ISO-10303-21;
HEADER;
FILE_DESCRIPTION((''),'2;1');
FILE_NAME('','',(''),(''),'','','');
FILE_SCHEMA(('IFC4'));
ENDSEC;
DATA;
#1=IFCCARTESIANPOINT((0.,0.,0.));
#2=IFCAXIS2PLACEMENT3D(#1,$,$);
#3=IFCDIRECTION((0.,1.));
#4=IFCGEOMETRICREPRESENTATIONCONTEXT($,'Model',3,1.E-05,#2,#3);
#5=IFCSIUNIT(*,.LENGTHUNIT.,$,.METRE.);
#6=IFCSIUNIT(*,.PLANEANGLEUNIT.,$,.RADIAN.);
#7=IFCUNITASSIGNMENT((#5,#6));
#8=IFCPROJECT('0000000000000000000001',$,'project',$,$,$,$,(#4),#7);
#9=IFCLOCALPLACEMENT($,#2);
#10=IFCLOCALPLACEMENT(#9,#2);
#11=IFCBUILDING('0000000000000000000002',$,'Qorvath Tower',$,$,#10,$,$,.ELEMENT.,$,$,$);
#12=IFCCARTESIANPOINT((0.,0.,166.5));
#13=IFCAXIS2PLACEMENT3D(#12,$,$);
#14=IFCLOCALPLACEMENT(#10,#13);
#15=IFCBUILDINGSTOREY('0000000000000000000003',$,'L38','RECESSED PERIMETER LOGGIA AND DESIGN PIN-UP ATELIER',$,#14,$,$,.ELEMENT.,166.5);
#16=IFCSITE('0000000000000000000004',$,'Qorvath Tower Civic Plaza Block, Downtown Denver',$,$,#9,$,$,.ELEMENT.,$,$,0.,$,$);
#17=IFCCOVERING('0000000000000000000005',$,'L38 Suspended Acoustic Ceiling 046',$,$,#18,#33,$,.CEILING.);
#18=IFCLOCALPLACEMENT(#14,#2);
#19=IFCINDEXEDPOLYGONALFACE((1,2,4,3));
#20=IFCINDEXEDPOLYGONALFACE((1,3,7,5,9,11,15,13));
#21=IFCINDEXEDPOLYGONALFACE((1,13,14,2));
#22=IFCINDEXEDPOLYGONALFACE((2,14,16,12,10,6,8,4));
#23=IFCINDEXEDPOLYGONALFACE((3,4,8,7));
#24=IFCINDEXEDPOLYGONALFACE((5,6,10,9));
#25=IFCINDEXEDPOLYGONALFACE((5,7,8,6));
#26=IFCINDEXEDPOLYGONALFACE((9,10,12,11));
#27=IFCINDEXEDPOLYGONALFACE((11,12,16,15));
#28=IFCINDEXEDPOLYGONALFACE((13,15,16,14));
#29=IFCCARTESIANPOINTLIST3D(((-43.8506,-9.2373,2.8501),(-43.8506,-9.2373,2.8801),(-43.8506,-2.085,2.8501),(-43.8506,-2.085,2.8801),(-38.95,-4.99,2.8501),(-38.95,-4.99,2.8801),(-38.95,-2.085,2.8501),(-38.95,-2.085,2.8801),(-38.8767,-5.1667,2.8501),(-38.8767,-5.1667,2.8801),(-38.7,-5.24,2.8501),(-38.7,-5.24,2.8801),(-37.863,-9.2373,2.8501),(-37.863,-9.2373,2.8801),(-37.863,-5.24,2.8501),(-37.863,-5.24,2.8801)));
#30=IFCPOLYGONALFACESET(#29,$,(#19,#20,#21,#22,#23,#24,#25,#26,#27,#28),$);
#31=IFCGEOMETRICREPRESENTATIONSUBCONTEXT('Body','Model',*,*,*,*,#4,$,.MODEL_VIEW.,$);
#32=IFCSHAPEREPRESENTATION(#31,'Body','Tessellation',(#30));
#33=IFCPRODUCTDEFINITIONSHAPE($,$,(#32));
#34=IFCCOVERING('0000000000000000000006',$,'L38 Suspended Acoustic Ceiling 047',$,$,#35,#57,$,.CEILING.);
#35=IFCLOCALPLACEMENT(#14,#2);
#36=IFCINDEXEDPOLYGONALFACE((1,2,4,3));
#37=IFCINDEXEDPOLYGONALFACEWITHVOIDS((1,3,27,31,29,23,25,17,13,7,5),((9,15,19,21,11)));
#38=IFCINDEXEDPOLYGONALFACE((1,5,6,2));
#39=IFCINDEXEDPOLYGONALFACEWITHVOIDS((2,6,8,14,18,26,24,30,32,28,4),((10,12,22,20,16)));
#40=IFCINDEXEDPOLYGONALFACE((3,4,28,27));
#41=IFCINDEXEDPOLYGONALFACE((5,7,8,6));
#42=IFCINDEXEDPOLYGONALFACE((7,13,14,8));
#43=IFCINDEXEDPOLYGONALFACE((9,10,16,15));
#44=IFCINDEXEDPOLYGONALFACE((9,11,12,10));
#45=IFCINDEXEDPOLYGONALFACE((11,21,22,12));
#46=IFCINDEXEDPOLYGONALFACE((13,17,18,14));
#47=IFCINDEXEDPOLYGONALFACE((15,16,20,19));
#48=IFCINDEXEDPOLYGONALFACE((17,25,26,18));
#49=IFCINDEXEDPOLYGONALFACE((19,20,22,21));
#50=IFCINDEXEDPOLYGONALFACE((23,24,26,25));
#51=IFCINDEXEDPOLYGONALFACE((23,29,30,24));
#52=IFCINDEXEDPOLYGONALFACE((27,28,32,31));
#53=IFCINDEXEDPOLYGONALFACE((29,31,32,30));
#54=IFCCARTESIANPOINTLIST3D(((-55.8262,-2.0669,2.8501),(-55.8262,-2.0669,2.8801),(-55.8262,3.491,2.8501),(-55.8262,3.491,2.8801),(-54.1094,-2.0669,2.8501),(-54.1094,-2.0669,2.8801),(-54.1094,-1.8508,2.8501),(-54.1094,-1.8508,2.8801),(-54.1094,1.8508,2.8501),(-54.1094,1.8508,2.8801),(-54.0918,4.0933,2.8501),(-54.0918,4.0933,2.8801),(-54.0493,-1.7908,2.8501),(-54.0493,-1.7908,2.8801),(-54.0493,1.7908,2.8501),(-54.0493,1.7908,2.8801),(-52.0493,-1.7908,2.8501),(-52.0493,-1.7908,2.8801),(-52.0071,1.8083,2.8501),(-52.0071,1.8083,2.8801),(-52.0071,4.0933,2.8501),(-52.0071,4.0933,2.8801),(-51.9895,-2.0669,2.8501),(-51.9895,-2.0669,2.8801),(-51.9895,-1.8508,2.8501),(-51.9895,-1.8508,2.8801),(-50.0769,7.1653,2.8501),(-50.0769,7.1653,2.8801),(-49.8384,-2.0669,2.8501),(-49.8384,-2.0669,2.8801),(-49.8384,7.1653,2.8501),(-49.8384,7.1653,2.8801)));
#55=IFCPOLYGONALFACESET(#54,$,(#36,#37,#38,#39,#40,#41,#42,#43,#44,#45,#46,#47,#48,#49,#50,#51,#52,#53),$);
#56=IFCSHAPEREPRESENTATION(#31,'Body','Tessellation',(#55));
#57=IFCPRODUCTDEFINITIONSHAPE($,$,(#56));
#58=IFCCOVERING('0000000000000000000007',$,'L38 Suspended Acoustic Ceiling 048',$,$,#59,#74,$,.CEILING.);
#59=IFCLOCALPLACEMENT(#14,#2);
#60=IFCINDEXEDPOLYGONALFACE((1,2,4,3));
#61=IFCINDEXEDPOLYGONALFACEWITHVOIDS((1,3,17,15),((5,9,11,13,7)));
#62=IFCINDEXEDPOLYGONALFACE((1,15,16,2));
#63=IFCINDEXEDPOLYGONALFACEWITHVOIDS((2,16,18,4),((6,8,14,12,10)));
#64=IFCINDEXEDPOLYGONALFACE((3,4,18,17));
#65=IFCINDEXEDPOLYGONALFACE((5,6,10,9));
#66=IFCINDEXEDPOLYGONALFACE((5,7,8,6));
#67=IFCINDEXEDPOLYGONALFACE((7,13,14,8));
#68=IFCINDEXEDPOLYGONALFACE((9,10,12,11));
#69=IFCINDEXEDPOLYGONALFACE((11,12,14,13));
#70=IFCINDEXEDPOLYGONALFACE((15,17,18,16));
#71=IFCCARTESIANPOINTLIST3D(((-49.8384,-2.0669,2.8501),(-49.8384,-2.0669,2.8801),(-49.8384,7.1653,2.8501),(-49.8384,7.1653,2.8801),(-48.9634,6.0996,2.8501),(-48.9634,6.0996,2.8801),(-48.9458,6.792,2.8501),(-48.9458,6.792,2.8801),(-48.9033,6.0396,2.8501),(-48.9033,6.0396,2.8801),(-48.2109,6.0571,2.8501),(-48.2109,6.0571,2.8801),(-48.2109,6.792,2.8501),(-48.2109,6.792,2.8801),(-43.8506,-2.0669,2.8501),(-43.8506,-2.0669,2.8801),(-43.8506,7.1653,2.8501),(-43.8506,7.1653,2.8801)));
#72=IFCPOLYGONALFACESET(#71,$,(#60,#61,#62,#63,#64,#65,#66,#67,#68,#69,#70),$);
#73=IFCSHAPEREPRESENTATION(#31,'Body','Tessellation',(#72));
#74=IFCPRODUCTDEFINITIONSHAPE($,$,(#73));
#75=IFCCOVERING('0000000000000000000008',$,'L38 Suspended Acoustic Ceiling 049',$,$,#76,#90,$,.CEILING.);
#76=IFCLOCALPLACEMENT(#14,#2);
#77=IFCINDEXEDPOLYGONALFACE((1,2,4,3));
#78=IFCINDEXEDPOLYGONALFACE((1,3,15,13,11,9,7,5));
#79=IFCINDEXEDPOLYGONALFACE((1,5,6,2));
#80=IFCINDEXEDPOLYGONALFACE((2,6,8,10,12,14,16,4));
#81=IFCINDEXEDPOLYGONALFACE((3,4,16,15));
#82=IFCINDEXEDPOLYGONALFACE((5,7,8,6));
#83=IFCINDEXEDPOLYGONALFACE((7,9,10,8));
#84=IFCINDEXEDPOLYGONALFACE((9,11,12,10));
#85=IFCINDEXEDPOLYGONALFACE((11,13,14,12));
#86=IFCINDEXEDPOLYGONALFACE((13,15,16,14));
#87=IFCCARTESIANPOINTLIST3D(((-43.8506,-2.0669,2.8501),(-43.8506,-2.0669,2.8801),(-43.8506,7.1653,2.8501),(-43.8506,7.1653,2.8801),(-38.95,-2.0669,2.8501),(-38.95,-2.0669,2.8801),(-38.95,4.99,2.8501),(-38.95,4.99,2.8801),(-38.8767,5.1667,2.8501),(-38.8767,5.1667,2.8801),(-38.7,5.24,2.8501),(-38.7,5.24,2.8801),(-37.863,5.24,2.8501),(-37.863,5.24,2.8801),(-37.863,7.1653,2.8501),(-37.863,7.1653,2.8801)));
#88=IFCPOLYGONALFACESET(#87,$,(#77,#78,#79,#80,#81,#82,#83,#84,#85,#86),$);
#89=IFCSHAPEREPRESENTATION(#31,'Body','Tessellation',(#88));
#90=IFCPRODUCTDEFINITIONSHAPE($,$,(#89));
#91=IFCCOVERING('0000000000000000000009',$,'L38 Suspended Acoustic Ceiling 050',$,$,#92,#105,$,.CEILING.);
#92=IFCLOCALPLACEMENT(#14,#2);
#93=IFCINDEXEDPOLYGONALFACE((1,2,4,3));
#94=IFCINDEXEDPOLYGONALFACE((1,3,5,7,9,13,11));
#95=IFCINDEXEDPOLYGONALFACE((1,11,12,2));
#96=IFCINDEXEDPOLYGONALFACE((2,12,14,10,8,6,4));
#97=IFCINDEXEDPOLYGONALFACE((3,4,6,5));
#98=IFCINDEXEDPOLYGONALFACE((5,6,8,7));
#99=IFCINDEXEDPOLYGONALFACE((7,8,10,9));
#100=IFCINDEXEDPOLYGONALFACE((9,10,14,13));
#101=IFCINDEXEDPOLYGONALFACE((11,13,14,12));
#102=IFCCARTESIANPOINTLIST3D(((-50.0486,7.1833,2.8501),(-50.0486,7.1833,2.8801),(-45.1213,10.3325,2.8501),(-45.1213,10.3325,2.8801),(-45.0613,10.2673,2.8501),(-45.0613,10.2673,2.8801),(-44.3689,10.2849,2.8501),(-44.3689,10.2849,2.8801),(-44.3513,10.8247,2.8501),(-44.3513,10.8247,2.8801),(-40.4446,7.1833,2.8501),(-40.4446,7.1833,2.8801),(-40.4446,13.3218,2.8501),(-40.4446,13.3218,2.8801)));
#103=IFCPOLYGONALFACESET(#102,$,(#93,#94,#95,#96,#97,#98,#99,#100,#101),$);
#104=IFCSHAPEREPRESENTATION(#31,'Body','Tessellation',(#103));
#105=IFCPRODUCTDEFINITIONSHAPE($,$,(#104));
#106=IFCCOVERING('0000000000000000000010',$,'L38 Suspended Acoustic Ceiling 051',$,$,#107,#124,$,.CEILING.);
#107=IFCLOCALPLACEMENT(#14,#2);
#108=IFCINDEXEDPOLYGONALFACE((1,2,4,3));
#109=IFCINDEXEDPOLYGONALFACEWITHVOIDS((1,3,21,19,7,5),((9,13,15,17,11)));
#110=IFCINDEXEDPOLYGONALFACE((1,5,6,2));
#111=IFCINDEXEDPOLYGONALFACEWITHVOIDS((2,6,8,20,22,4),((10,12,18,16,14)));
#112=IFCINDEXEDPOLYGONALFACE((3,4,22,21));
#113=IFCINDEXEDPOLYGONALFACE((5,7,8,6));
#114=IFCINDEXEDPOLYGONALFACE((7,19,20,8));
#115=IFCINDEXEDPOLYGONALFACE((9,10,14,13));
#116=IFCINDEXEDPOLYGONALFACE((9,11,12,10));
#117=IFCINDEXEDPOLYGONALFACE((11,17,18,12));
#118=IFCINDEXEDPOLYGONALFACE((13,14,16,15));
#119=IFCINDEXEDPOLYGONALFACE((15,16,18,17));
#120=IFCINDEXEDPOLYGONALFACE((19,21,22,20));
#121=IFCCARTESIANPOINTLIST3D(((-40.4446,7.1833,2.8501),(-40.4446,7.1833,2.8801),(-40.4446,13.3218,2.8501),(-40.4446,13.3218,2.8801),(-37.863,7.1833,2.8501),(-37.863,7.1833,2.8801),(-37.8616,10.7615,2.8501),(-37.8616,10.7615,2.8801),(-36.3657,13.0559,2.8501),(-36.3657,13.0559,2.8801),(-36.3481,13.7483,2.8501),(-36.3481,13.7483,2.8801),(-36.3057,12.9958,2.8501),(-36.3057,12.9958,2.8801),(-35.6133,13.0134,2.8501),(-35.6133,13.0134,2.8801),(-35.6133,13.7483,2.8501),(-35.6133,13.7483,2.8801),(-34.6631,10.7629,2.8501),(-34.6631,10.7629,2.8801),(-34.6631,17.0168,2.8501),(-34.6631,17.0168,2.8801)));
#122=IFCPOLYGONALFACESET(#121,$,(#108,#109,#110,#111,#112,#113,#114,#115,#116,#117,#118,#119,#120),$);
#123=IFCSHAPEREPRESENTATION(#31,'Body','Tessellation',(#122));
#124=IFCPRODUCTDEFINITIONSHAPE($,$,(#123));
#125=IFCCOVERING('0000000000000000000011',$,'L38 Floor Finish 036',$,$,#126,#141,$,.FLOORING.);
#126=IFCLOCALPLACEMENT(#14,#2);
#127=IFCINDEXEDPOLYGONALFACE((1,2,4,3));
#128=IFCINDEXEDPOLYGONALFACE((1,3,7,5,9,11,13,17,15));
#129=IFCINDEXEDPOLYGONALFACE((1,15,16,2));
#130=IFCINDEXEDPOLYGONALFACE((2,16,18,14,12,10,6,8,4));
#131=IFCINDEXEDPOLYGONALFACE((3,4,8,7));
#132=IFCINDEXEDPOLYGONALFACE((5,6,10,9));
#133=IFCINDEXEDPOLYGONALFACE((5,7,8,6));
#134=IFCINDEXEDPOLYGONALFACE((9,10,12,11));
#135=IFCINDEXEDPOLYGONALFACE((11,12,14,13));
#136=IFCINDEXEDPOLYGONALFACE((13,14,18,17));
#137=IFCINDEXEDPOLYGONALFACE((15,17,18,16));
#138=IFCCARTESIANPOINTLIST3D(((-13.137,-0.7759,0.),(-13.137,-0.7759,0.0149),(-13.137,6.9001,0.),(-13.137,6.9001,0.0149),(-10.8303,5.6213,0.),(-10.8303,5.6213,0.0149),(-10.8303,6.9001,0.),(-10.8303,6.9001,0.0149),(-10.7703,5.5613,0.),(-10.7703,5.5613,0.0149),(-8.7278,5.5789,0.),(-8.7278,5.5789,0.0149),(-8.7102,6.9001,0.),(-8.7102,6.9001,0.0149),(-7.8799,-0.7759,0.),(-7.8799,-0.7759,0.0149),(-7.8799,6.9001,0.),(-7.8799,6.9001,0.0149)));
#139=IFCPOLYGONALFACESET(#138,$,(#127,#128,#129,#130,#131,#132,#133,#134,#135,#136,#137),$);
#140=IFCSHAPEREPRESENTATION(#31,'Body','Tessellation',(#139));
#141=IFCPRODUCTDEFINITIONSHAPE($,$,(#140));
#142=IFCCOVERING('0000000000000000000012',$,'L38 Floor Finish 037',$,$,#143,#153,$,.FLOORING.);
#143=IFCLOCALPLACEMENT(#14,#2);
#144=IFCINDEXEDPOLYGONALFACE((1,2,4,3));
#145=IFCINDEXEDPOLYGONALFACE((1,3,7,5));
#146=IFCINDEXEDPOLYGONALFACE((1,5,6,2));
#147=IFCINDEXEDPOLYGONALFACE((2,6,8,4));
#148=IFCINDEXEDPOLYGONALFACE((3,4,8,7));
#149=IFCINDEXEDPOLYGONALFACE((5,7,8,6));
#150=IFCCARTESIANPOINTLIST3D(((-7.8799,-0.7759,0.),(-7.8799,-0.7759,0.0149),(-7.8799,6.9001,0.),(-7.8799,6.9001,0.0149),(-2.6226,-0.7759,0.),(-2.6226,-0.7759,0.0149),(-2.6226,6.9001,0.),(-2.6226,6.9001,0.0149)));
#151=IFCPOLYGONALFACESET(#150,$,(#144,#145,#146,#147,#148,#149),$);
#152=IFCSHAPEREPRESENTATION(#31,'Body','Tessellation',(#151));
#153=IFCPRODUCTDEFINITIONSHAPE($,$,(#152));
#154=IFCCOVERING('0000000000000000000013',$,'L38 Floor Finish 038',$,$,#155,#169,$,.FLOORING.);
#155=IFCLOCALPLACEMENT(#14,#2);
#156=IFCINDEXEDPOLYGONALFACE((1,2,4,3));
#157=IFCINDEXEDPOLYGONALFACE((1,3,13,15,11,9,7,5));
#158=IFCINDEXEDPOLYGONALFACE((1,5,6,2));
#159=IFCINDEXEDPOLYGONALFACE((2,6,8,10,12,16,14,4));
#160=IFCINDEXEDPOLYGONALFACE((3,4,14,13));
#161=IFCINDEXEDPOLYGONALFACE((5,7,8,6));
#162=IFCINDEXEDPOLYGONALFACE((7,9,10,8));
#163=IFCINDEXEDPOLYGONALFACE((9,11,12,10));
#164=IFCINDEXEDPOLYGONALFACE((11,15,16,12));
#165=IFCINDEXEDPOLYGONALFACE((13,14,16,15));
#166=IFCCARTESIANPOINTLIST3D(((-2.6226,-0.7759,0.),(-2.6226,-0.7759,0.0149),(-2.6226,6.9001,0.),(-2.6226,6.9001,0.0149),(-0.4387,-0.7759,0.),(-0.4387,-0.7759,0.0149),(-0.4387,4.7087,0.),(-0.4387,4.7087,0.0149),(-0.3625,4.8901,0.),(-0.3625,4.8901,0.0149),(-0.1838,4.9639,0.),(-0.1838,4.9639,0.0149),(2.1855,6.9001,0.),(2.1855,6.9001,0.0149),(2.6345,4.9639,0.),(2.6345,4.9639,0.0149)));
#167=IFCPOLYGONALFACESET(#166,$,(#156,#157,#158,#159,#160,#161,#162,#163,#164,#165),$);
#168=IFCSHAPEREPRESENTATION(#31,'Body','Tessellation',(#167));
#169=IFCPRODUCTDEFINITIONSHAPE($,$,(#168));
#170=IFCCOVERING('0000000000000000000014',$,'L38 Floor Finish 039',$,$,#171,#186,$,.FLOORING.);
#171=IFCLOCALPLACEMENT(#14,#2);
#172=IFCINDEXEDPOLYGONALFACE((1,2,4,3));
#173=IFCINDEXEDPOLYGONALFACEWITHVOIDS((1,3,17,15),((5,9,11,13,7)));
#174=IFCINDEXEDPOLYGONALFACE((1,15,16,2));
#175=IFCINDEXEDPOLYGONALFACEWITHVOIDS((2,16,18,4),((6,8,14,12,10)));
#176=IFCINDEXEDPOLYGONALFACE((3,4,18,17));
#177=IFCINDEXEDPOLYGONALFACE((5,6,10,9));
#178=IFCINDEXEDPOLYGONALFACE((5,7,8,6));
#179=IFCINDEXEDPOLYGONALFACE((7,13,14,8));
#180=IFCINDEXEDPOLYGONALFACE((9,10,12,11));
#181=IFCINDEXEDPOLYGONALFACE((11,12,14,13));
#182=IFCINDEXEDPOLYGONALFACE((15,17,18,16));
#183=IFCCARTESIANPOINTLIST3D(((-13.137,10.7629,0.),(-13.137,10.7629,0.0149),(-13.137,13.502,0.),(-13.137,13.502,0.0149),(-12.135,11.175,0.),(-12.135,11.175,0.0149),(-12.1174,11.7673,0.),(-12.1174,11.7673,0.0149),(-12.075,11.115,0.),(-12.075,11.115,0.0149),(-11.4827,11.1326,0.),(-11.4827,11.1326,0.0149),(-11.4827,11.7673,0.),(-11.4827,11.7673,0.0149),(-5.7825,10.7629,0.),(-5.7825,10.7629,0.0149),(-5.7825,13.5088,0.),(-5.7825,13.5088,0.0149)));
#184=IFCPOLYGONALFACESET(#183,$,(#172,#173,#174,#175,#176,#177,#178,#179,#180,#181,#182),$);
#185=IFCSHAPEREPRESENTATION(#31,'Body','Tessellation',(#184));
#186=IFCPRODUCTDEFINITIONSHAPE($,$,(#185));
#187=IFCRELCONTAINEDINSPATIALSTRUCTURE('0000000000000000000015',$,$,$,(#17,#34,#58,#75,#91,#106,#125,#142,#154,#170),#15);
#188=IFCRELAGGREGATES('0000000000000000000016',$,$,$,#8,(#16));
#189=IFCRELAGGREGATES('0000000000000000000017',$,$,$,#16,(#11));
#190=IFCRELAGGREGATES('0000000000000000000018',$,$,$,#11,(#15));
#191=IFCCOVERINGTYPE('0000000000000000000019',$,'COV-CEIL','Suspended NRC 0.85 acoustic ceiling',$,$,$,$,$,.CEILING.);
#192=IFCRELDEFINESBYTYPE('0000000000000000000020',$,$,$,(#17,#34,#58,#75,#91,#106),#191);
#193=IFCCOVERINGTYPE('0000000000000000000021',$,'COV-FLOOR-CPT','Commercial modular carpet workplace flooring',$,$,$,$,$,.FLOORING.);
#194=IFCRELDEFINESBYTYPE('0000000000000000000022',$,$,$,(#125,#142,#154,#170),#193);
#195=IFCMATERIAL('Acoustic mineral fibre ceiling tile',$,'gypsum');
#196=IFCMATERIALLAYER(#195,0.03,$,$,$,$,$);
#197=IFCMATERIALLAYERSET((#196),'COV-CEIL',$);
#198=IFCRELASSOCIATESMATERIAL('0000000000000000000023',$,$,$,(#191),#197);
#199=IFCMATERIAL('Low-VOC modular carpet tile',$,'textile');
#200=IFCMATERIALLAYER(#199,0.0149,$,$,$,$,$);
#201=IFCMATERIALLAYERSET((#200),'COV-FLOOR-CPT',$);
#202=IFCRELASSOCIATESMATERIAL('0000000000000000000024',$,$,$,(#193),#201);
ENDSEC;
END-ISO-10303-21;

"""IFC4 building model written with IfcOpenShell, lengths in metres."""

from ifc_helpers import new_model, si_unit, direction, frame, origin, place, context, subcontext, project, spatial, polyline, outline, extrude, material, layer, layer_set, type_object, element, save


model = new_model("IFC4")

# Units and contexts
model_context = context("Model", 3, precision=1e-05, world=origin(), true_north=direction((0.0, 1.0)))
body_context = subcontext(model_context, "Body", "Model", "MODEL_VIEW")
ifc_project = project(units=[si_unit("LENGTHUNIT", "METRE"), si_unit("PLANEANGLEUNIT", "RADIAN")], contexts=[model_context])

# Site, building, storey
site_placement = place(None, origin())
site = spatial("IfcSite", under=ifc_project, at=site_placement, Name="Qorvath Tower Civic Plaza Block, Downtown Denver", CompositionType="ELEMENT", RefElevation=0.0)
building_placement = place(site_placement, origin())
building = spatial("IfcBuilding", under=site, at=building_placement, Name="Qorvath Tower", CompositionType="ELEMENT")
storey_placement = place(building_placement, frame((0.0, 0.0, 166.5)))
storey = spatial("IfcBuildingStorey", under=building, at=storey_placement, Name="L38", Description="RECESSED PERIMETER LOGGIA AND DESIGN PIN-UP ATELIER", CompositionType="ELEMENT", Elevation=166.5)

# Coverings
ifc_material_1 = material(Name="Acoustic mineral fibre ceiling tile", Category="gypsum")
ifc_layer_1 = layer(ifc_material_1, 0.03)
ifc_layer_set_1 = layer_set([ifc_layer_1], Name="COV-CEIL")
covering_type_1 = type_object("IfcCoveringType", Name="COV-CEIL", Description="Suspended NRC 0.85 acoustic ceiling", PredefinedType="CEILING", material=ifc_layer_set_1)
covering_1_placement = place(storey_placement, frame((0.0, 0.0, 2.8501)))
element("IfcCovering", 1, at=covering_1_placement, inside=storey, type_object=covering_type_1, Name="L38 Suspended Acoustic Ceiling 046", PredefinedType="CEILING", context=body_context, shape_type="SweptSolid", body=[
    extrude(outline(polyline([(-43.8506, -2.085), (-43.8506, -9.2373), (-37.863, -9.2373), (-37.863, -5.24), (-38.7, -5.24), (-38.8767, -5.1667), (-38.95, -4.99), (-38.95, -2.085), (-43.8506, -2.085)])), origin(), (0.0, 0.0, 1.0), 0.03),
])
covering_2_placement = place(storey_placement, frame((0.0, 0.0, 2.8501)))
element("IfcCovering", 2, at=covering_2_placement, inside=storey, type_object=covering_type_1, Name="L38 Suspended Acoustic Ceiling 047", PredefinedType="CEILING", context=body_context, shape_type="SweptSolid", body=[
    extrude(outline(polyline([(-55.8262, 3.491), (-55.8262, -2.0669), (-54.1094, -2.0669), (-54.1094, -1.8508), (-54.0493, -1.7908), (-52.0493, -1.7908), (-51.9895, -1.8508), (-51.9895, -2.0669), (-49.8384, -2.0669), (-49.8384, 7.1653), (-50.0769, 7.1653), (-55.8262, 3.491)]), holes=[polyline([(-54.1094, 1.8508), (-54.0918, 4.0933), (-52.0071, 4.0933), (-52.0071, 1.8083), (-54.0493, 1.7908), (-54.1094, 1.8508)])]), origin(), (0.0, 0.0, 1.0), 0.03),
])
covering_3_placement = place(storey_placement, frame((0.0, 0.0, 2.8501)))
element("IfcCovering", 3, at=covering_3_placement, inside=storey, type_object=covering_type_1, Name="L38 Suspended Acoustic Ceiling 048", PredefinedType="CEILING", context=body_context, shape_type="SweptSolid", body=[
    extrude(outline(polyline([(-49.8384, 7.1653), (-49.8384, -2.0669), (-43.8506, -2.0669), (-43.8506, 7.1653), (-49.8384, 7.1653)]), holes=[polyline([(-48.9634, 6.0996), (-48.9458, 6.792), (-48.2109, 6.792), (-48.2109, 6.0571), (-48.9033, 6.0396), (-48.9634, 6.0996)])]), origin(), (0.0, 0.0, 1.0), 0.03),
])
covering_4_placement = place(storey_placement, frame((0.0, 0.0, 2.8501)))
element("IfcCovering", 4, at=covering_4_placement, inside=storey, type_object=covering_type_1, Name="L38 Suspended Acoustic Ceiling 049", PredefinedType="CEILING", context=body_context, shape_type="SweptSolid", body=[
    extrude(outline(polyline([(-43.8506, 7.1653), (-43.8506, -2.0669), (-38.95, -2.0669), (-38.95, 4.99), (-38.8767, 5.1667), (-38.7, 5.24), (-37.863, 5.24), (-37.863, 7.1653), (-43.8506, 7.1653)])), origin(), (0.0, 0.0, 1.0), 0.03),
])
covering_5_placement = place(storey_placement, frame((0.0, 0.0, 2.8501)))
element("IfcCovering", 5, at=covering_5_placement, inside=storey, type_object=covering_type_1, Name="L38 Suspended Acoustic Ceiling 050", PredefinedType="CEILING", context=body_context, shape_type="SweptSolid", body=[
    extrude(outline(polyline([(-40.4446, 7.1833), (-40.4446, 13.3218), (-44.3513, 10.8247), (-44.3689, 10.2849), (-45.0613, 10.2673), (-45.1213, 10.3325), (-50.0486, 7.1833), (-40.4446, 7.1833)])), origin(), (0.0, 0.0, 1.0), 0.03),
])
covering_6_placement = place(storey_placement, frame((0.0, 0.0, 2.8501)))
element("IfcCovering", 6, at=covering_6_placement, inside=storey, type_object=covering_type_1, Name="L38 Suspended Acoustic Ceiling 051", PredefinedType="CEILING", context=body_context, shape_type="SweptSolid", body=[
    extrude(outline(polyline([(-34.6631, 10.7629), (-34.6631, 17.0168), (-40.4446, 13.3218), (-40.4446, 7.1833), (-37.863, 7.1833), (-37.8616, 10.7615), (-34.6631, 10.7629)]), holes=[polyline([(-36.3657, 13.0559), (-36.3481, 13.7483), (-35.6133, 13.7483), (-35.6133, 13.0134), (-36.3057, 12.9958), (-36.3657, 13.0559)])]), origin(), (0.0, 0.0, 1.0), 0.03),
])
ifc_material_2 = material(Name="Low-VOC modular carpet tile", Category="textile")
ifc_layer_2 = layer(ifc_material_2, 0.0149)
ifc_layer_set_2 = layer_set([ifc_layer_2], Name="COV-FLOOR-CPT")
covering_type_2 = type_object("IfcCoveringType", Name="COV-FLOOR-CPT", Description="Commercial modular carpet workplace flooring", PredefinedType="FLOORING", material=ifc_layer_set_2)
covering_7_placement = place(storey_placement, origin())
element("IfcCovering", 7, at=covering_7_placement, inside=storey, type_object=covering_type_2, Name="L38 Floor Finish 036", PredefinedType="FLOORING", context=body_context, shape_type="SweptSolid", body=[
    extrude(outline(polyline([(-7.8799, -0.7759), (-7.8799, 6.9001), (-8.7102, 6.9001), (-8.7278, 5.5789), (-10.7703, 5.5613), (-10.8303, 5.6213), (-10.8303, 6.9001), (-13.137, 6.9001), (-13.137, -0.7759), (-7.8799, -0.7759)])), origin(), (0.0, 0.0, 1.0), 0.0149),
])
covering_8_placement = place(storey_placement, origin())
element("IfcCovering", 8, at=covering_8_placement, inside=storey, type_object=covering_type_2, Name="L38 Floor Finish 037", PredefinedType="FLOORING", context=body_context, shape_type="SweptSolid", body=[
    extrude(outline(polyline([(-2.6226, -0.7759), (-2.6226, 6.9001), (-7.8799, 6.9001), (-7.8799, -0.7759), (-2.6226, -0.7759)])), origin(), (0.0, 0.0, 1.0), 0.0149),
])
covering_9_placement = place(storey_placement, origin())
element("IfcCovering", 9, at=covering_9_placement, inside=storey, type_object=covering_type_2, Name="L38 Floor Finish 038", PredefinedType="FLOORING", context=body_context, shape_type="SweptSolid", body=[
    extrude(outline(polyline([(-0.3625, 4.8901), (-0.1838, 4.9639), (2.6345, 4.9639), (2.1855, 6.9001), (-2.6226, 6.9001), (-2.6226, -0.7759), (-0.4387, -0.7759), (-0.4387, 4.7087), (-0.3625, 4.8901)])), origin(), (0.0, 0.0, 1.0), 0.0149),
])
covering_10_placement = place(storey_placement, origin())
element("IfcCovering", 10, at=covering_10_placement, inside=storey, type_object=covering_type_2, Name="L38 Floor Finish 039", PredefinedType="FLOORING", context=body_context, shape_type="SweptSolid", body=[
    extrude(outline(polyline([(-5.7825, 10.7629), (-5.7825, 13.5088), (-13.137, 13.502), (-13.137, 10.7629), (-5.7825, 10.7629)]), holes=[polyline([(-12.135, 11.175), (-12.1174, 11.7673), (-11.4827, 11.7673), (-11.4827, 11.1326), (-12.075, 11.115), (-12.135, 11.175)])]), origin(), (0.0, 0.0, 1.0), 0.0149),
])

save(model, "model.ifc")
